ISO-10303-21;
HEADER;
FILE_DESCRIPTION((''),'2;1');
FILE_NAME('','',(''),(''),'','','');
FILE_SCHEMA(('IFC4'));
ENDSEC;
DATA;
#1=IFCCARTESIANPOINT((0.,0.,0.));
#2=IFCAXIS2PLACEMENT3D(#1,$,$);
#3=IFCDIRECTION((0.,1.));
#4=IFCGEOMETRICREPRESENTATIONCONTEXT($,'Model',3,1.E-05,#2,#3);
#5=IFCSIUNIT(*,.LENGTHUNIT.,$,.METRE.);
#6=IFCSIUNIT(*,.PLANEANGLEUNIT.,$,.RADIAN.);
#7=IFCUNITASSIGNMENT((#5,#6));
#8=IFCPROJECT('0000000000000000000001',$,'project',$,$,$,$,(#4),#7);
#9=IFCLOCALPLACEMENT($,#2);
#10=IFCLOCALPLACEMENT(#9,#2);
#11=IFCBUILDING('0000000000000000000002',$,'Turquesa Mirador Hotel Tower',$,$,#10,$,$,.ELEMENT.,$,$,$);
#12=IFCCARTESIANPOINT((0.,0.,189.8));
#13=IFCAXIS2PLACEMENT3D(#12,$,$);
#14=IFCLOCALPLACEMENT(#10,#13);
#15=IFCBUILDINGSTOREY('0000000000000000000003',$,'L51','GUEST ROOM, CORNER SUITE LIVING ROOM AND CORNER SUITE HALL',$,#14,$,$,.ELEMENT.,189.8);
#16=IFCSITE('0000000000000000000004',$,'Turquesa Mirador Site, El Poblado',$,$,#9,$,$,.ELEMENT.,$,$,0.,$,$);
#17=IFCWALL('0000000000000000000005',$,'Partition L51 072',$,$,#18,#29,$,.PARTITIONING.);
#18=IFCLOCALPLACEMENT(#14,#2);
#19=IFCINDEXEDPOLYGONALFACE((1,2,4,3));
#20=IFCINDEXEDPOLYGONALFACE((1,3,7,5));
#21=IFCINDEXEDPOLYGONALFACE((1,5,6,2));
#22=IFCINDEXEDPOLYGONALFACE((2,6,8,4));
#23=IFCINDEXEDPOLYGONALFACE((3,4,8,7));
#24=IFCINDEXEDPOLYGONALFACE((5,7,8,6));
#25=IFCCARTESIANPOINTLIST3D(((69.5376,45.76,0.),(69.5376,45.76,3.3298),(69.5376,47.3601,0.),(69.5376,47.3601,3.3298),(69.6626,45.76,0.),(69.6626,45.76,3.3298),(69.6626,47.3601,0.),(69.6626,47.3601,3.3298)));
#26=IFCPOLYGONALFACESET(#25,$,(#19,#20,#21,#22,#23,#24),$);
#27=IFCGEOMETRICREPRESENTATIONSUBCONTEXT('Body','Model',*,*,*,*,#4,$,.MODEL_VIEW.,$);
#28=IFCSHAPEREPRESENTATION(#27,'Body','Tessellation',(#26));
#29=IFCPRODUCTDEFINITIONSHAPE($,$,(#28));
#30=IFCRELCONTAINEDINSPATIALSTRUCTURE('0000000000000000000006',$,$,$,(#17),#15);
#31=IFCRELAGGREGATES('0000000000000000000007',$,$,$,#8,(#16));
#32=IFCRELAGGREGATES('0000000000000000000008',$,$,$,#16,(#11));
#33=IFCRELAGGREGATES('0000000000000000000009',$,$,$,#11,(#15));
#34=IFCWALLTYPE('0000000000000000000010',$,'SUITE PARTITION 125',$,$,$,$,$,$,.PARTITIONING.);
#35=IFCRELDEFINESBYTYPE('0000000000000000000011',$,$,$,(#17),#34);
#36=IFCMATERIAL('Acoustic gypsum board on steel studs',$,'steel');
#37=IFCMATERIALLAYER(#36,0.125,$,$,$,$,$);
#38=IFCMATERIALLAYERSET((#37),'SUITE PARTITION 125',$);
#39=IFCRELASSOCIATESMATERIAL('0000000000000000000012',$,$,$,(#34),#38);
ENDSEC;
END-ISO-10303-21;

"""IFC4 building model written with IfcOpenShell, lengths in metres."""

from ifc_helpers import new_model, si_unit, direction, frame, frame_2d, origin, place, context, subcontext, project, spatial, rectangle, extrude, material, layer, layer_set, type_object, element, save


model = new_model("IFC4")

# Units and contexts
model_context = context("Model", 3, precision=1e-05, world=origin(), true_north=direction((0.0, 1.0)))
body_context = subcontext(model_context, "Body", "Model", "MODEL_VIEW")
ifc_project = project(units=[si_unit("LENGTHUNIT", "METRE"), si_unit("PLANEANGLEUNIT", "RADIAN")], contexts=[model_context])

# Site, building, storey
site_placement = place(None, origin())
site = spatial("IfcSite", under=ifc_project, at=site_placement, Name="Turquesa Mirador Site, El Poblado", CompositionType="ELEMENT", RefElevation=0.0)
building_placement = place(site_placement, origin())
building = spatial("IfcBuilding", under=site, at=building_placement, Name="Turquesa Mirador Hotel Tower", CompositionType="ELEMENT")
storey_placement = place(building_placement, frame((0.0, 0.0, 189.8)))
storey = spatial("IfcBuildingStorey", under=building, at=storey_placement, Name="L51", Description="GUEST ROOM, CORNER SUITE LIVING ROOM AND CORNER SUITE HALL", CompositionType="ELEMENT", Elevation=189.8)

# Shared definitions
ifc_material_1 = material(Name="Acoustic gypsum board on steel studs", Category="steel")
ifc_layer_1 = layer(ifc_material_1, 0.125)
ifc_layer_set_1 = layer_set([ifc_layer_1], Name="SUITE PARTITION 125")
wall_type_1 = type_object("IfcWallType", Name="SUITE PARTITION 125", PredefinedType="PARTITIONING", material=ifc_layer_set_1)

# Wall
wall_1_placement = place(storey_placement, frame((69.6001, 45.76, 0.0), z_axis=(0.0, 0.0, 1.0), x_axis=(0.0, 1.0, 0.0)))
element("IfcWall", 1, at=wall_1_placement, inside=storey, type_object=wall_type_1, Name="Partition L51 072", PredefinedType="PARTITIONING", context=body_context, shape_type="SweptSolid", body=[
    extrude(rectangle(XDim=1.6001, YDim=0.125, at=frame_2d((0.8, 0.0))), origin(), (0.0, 0.0, 1.0), 3.3298),
])

save(model, "model.ifc")
